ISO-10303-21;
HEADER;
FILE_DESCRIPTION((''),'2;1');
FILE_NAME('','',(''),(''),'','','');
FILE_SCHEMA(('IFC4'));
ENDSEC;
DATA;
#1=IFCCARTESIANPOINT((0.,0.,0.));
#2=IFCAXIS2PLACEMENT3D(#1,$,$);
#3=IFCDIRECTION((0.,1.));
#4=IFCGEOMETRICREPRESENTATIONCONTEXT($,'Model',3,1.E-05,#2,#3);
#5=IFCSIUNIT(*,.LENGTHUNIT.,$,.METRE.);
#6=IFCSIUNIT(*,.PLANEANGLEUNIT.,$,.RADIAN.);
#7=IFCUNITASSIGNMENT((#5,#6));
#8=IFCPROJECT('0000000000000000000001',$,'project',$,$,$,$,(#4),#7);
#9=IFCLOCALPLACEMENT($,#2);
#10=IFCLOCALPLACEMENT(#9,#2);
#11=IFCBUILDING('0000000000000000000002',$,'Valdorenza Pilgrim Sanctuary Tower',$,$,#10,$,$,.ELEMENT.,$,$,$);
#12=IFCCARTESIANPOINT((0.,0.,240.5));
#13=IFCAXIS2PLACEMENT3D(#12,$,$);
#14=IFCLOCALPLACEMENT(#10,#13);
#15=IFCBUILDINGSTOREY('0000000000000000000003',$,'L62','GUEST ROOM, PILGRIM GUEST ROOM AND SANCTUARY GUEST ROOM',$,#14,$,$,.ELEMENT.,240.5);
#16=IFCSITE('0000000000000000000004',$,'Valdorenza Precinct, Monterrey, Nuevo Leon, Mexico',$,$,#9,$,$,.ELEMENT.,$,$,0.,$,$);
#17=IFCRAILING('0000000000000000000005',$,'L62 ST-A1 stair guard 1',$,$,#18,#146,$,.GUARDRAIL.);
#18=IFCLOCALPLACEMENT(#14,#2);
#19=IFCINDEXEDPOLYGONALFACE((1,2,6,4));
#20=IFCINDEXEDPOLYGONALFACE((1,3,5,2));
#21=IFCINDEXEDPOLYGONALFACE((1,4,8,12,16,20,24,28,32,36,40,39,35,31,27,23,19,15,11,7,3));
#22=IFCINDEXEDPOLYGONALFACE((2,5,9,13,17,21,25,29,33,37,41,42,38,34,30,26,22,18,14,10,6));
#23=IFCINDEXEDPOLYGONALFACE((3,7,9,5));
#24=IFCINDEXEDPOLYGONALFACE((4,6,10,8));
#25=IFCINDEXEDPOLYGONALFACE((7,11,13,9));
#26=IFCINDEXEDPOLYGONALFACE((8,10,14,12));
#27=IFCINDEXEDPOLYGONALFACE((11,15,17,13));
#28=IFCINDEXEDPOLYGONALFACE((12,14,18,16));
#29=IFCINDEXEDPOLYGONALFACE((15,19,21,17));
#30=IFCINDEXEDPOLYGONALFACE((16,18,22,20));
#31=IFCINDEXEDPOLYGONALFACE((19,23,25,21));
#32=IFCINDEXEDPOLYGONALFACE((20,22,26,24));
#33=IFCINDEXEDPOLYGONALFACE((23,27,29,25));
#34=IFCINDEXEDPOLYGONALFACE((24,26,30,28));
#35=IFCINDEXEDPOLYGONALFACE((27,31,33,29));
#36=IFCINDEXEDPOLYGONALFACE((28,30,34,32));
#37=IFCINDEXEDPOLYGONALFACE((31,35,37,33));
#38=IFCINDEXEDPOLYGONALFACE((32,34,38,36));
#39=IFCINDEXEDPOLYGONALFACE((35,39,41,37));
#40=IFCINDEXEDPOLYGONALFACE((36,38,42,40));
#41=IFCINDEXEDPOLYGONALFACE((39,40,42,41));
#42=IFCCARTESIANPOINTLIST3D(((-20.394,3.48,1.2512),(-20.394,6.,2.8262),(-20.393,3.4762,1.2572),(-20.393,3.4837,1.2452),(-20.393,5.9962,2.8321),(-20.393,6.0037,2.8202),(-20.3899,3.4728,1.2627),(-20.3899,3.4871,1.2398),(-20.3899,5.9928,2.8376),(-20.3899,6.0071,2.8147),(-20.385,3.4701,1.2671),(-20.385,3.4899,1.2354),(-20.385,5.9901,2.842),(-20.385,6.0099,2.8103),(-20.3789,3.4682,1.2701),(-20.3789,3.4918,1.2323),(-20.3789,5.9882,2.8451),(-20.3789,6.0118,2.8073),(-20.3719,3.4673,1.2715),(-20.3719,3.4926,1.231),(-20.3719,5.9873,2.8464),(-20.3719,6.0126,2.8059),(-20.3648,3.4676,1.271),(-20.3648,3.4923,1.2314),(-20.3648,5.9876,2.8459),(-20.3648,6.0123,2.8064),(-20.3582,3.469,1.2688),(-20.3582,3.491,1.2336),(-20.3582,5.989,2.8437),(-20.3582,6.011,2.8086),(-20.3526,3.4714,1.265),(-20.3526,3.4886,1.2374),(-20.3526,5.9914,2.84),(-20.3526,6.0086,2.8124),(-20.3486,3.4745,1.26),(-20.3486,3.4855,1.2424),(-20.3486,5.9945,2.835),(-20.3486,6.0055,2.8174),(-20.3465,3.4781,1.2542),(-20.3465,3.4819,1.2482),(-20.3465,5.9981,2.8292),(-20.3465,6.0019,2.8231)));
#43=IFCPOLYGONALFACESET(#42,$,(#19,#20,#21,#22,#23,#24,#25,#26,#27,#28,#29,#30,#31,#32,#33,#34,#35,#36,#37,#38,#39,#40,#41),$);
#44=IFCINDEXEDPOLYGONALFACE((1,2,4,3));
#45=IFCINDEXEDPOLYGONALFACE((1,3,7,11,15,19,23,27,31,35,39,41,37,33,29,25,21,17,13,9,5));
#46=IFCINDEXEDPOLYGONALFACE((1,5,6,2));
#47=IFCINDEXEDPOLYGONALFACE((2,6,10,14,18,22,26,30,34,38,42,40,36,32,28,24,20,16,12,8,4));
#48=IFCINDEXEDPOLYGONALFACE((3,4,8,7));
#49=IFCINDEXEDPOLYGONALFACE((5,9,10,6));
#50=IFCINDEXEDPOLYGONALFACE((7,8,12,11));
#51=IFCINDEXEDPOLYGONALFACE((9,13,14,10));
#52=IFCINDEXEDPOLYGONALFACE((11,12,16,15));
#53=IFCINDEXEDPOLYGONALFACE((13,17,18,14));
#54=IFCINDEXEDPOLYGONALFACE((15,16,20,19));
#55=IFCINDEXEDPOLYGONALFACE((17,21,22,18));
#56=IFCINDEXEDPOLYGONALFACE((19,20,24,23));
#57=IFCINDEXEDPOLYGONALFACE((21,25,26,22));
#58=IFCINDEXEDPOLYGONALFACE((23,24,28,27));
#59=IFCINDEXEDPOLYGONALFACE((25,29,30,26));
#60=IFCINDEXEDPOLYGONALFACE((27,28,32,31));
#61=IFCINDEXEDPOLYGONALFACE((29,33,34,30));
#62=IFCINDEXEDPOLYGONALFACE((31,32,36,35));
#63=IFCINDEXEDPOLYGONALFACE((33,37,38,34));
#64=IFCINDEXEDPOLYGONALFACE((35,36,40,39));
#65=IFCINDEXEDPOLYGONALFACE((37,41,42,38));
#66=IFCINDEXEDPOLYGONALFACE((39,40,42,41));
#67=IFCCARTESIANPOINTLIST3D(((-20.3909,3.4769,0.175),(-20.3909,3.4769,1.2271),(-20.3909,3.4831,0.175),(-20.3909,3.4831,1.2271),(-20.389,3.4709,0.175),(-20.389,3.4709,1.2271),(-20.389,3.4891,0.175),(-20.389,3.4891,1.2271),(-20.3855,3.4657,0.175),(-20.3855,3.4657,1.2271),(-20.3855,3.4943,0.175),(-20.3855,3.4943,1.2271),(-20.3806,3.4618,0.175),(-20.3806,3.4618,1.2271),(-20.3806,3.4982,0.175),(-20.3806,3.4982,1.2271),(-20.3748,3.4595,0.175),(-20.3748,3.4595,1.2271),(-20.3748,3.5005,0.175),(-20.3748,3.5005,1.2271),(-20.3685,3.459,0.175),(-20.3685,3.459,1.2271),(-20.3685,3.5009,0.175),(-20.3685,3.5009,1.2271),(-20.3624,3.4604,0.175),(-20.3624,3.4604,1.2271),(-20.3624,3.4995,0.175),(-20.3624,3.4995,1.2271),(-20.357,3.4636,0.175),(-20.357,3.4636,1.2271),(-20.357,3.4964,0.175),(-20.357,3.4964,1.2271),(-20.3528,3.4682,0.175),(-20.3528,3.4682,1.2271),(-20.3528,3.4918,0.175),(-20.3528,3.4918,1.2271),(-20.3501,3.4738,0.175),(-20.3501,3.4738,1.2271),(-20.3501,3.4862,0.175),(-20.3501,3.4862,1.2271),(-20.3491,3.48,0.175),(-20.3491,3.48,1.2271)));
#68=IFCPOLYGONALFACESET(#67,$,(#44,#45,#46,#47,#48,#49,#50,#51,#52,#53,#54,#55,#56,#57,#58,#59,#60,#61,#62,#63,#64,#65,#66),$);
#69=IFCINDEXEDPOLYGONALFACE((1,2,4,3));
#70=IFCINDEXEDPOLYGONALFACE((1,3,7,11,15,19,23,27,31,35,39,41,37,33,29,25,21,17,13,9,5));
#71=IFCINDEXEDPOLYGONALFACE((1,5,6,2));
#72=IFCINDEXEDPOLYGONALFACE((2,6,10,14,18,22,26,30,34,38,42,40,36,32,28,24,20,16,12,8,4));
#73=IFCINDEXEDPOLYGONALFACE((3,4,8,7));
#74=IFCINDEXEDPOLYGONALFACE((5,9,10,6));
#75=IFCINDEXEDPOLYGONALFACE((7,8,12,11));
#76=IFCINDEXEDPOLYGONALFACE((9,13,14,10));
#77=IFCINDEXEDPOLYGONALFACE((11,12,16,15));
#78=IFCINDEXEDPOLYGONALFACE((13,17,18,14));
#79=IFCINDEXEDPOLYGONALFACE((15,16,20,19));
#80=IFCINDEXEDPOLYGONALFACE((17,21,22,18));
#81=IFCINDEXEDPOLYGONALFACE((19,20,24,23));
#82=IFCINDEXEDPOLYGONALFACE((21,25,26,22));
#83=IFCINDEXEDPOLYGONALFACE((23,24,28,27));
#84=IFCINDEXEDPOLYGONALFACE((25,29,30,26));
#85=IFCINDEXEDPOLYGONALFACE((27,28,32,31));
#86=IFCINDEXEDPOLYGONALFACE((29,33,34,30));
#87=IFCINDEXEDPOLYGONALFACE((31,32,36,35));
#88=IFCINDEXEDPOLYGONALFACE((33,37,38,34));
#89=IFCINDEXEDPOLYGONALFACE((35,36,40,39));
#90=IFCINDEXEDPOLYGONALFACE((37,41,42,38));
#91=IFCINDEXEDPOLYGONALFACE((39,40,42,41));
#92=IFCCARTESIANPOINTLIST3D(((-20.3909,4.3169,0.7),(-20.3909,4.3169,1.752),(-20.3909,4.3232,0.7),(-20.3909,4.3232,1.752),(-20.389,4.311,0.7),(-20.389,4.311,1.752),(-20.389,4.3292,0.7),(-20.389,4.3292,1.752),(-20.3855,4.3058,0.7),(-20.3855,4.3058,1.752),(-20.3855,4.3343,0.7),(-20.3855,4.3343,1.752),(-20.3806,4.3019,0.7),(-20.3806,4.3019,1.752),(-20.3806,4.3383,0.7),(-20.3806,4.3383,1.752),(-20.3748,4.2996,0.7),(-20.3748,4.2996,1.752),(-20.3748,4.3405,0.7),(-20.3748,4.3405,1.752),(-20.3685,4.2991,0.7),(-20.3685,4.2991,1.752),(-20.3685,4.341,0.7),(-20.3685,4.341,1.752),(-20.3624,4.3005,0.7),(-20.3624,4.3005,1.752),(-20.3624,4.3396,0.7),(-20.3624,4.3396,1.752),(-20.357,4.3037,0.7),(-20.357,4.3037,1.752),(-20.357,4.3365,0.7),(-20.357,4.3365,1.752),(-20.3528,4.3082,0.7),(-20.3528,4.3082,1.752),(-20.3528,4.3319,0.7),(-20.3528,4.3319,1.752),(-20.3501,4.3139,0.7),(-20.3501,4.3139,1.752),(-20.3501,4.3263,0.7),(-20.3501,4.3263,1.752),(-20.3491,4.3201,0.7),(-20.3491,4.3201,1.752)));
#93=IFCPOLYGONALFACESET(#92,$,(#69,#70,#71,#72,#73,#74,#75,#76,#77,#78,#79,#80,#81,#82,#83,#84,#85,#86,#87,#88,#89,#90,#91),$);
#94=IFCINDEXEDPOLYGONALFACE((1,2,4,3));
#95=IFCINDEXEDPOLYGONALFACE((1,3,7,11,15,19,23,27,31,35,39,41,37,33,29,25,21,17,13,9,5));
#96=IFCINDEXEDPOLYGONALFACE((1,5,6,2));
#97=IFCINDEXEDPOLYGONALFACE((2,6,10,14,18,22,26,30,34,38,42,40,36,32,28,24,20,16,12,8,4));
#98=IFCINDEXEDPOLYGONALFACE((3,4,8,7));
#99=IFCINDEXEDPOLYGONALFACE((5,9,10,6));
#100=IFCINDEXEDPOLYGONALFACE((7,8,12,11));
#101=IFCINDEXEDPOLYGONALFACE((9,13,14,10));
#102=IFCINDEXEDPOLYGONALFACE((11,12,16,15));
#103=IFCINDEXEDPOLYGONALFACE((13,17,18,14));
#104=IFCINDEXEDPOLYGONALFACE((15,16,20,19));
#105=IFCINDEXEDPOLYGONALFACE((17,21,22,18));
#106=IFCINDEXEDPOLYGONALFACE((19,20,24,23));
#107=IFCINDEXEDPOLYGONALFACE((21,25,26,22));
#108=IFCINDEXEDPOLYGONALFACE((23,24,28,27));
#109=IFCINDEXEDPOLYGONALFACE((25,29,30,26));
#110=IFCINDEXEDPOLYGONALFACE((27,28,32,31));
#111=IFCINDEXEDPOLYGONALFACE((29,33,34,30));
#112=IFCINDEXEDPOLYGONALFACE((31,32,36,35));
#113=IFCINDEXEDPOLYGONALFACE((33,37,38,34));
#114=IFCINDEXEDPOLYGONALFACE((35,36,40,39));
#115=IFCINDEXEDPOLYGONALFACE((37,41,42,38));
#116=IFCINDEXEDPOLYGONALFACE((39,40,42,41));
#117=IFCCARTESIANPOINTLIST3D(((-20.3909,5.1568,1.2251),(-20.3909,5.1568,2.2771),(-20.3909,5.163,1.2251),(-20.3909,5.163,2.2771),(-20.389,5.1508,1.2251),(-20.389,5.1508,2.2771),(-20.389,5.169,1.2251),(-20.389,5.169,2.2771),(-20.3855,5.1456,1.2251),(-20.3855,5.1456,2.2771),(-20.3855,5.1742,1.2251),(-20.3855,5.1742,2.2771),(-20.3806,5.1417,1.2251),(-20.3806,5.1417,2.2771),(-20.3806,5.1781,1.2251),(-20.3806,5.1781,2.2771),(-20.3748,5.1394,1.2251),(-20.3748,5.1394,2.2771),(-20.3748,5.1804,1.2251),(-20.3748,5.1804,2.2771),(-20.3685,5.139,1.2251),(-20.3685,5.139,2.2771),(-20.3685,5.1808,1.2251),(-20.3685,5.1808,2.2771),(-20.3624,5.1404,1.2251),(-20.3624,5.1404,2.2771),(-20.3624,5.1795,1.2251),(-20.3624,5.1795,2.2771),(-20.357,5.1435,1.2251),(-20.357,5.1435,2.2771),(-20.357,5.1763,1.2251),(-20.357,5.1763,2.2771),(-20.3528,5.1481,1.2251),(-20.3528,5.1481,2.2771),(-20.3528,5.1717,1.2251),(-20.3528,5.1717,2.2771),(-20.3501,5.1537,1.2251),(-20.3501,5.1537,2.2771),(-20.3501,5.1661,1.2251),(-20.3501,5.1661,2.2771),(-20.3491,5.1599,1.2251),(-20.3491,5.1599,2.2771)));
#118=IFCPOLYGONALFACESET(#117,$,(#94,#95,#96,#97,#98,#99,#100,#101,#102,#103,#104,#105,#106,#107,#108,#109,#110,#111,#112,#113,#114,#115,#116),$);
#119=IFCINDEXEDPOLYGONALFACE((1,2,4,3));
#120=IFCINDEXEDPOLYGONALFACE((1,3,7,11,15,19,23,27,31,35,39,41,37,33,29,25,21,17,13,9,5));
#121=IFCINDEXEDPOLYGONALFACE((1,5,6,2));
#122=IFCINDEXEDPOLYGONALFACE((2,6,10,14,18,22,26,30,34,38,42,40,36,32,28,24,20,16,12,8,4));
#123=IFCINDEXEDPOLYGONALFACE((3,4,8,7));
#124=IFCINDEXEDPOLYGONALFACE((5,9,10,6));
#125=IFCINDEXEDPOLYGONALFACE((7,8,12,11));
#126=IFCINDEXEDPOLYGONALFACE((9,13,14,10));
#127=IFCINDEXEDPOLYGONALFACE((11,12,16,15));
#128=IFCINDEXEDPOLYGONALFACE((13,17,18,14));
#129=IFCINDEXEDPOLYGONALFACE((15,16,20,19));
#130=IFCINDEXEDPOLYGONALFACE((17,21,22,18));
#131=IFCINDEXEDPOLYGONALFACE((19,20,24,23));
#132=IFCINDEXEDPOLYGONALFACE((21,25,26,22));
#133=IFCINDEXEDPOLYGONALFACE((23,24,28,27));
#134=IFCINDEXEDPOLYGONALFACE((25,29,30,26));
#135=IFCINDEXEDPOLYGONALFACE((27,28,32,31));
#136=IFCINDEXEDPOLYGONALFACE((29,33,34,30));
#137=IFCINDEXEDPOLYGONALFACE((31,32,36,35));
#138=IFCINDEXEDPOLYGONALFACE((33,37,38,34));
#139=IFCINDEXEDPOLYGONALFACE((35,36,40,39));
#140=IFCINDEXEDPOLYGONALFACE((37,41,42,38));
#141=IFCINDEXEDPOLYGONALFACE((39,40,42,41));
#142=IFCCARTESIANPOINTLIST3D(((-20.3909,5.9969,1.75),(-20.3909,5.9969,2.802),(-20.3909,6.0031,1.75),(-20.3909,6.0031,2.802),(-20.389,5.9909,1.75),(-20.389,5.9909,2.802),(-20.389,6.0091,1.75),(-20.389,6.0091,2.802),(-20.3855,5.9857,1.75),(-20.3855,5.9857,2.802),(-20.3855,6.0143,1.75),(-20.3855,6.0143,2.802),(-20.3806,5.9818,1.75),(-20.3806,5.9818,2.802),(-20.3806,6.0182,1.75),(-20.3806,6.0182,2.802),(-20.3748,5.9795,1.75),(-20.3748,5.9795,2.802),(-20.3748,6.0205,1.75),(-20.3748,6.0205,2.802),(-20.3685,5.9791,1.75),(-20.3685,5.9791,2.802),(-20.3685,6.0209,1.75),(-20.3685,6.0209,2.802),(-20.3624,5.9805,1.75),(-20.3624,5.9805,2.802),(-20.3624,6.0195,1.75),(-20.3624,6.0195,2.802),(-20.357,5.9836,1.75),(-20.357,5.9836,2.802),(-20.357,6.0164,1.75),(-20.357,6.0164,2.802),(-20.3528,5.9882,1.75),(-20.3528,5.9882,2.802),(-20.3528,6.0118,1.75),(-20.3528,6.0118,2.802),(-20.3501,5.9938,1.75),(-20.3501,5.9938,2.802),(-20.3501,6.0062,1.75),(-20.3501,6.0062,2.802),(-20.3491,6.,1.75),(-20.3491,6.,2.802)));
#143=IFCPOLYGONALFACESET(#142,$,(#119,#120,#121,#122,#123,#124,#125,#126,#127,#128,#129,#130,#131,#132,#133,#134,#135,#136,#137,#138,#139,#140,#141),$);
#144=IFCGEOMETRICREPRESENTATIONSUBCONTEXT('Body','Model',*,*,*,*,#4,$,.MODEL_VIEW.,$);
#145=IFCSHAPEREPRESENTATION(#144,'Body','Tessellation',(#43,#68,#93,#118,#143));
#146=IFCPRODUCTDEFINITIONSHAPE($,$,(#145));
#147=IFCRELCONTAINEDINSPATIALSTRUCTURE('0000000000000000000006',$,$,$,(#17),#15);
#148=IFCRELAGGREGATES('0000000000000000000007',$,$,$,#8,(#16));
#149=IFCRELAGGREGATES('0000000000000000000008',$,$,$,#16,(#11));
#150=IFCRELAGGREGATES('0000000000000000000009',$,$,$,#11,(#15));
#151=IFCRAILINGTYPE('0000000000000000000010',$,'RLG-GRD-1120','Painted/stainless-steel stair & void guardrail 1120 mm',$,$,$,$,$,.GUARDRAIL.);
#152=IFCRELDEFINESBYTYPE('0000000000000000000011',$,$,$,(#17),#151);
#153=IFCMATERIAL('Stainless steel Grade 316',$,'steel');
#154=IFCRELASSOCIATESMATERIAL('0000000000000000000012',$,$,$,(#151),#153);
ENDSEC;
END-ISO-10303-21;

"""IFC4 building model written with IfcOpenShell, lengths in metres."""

from ifc_helpers import new_model, si_unit, direction, frame, origin, origin_2d, place, context, subcontext, project, spatial, circle, extrude, material, type_object, element, save


model = new_model("IFC4")

# Units and contexts
model_context = context("Model", 3, precision=1e-05, world=origin(), true_north=direction((0.0, 1.0)))
body_context = subcontext(model_context, "Body", "Model", "MODEL_VIEW")
ifc_project = project(units=[si_unit("LENGTHUNIT", "METRE"), si_unit("PLANEANGLEUNIT", "RADIAN")], contexts=[model_context])

# Site, building, storey
site_placement = place(None, origin())
site = spatial("IfcSite", under=ifc_project, at=site_placement, Name="Valdorenza Precinct, Monterrey, Nuevo Leon, Mexico", CompositionType="ELEMENT", RefElevation=0.0)
building_placement = place(site_placement, origin())
building = spatial("IfcBuilding", under=site, at=building_placement, Name="Valdorenza Pilgrim Sanctuary Tower", CompositionType="ELEMENT")
storey_placement = place(building_placement, frame((0.0, 0.0, 240.5)))
storey = spatial("IfcBuildingStorey", under=building, at=storey_placement, Name="L62", Description="GUEST ROOM, PILGRIM GUEST ROOM AND SANCTUARY GUEST ROOM", CompositionType="ELEMENT", Elevation=240.5)

# Railing
ifc_material_1 = material(Name="Stainless steel Grade 316", Category="steel")
railing_type_1 = type_object("IfcRailingType", Name="RLG-GRD-1120", Description="Painted/stainless-steel stair & void guardrail 1120 mm", PredefinedType="GUARDRAIL", material=ifc_material_1)
railing_1_placement = place(storey_placement, frame((-20.3701, 3.48, 0.175)))
element("IfcRailing", 1, at=railing_1_placement, inside=storey, type_object=railing_type_1, Name="L62 ST-A1 stair guard 1", PredefinedType="GUARDRAIL", context=body_context, shape_type="SweptSolid", body=[
    extrude(circle(Radius=0.0239, at=origin_2d()), frame((0.0, 0.0, 1.0762), z_axis=(0.0, 0.848008, 0.529984), x_axis=(-1.0, 0.0, 0.0)), (0.0, 0.0, 1.0), 2.9717),
    extrude(circle(Radius=0.021, at=origin_2d()), origin(), (0.0, 0.0, 1.0), 1.052),
    extrude(circle(Radius=0.021, at=origin_2d()), frame((0.0, 0.8401, 0.5249)), (0.0, 0.0, 1.0), 1.052),
    extrude(circle(Radius=0.021, at=origin_2d()), frame((0.0, 1.6799, 1.05)), (0.0, 0.0, 1.0), 1.052),
    extrude(circle(Radius=0.021, at=origin_2d()), frame((0.0, 2.52, 1.575)), (0.0, 0.0, 1.0), 1.052),
])

save(model, "model.ifc")
